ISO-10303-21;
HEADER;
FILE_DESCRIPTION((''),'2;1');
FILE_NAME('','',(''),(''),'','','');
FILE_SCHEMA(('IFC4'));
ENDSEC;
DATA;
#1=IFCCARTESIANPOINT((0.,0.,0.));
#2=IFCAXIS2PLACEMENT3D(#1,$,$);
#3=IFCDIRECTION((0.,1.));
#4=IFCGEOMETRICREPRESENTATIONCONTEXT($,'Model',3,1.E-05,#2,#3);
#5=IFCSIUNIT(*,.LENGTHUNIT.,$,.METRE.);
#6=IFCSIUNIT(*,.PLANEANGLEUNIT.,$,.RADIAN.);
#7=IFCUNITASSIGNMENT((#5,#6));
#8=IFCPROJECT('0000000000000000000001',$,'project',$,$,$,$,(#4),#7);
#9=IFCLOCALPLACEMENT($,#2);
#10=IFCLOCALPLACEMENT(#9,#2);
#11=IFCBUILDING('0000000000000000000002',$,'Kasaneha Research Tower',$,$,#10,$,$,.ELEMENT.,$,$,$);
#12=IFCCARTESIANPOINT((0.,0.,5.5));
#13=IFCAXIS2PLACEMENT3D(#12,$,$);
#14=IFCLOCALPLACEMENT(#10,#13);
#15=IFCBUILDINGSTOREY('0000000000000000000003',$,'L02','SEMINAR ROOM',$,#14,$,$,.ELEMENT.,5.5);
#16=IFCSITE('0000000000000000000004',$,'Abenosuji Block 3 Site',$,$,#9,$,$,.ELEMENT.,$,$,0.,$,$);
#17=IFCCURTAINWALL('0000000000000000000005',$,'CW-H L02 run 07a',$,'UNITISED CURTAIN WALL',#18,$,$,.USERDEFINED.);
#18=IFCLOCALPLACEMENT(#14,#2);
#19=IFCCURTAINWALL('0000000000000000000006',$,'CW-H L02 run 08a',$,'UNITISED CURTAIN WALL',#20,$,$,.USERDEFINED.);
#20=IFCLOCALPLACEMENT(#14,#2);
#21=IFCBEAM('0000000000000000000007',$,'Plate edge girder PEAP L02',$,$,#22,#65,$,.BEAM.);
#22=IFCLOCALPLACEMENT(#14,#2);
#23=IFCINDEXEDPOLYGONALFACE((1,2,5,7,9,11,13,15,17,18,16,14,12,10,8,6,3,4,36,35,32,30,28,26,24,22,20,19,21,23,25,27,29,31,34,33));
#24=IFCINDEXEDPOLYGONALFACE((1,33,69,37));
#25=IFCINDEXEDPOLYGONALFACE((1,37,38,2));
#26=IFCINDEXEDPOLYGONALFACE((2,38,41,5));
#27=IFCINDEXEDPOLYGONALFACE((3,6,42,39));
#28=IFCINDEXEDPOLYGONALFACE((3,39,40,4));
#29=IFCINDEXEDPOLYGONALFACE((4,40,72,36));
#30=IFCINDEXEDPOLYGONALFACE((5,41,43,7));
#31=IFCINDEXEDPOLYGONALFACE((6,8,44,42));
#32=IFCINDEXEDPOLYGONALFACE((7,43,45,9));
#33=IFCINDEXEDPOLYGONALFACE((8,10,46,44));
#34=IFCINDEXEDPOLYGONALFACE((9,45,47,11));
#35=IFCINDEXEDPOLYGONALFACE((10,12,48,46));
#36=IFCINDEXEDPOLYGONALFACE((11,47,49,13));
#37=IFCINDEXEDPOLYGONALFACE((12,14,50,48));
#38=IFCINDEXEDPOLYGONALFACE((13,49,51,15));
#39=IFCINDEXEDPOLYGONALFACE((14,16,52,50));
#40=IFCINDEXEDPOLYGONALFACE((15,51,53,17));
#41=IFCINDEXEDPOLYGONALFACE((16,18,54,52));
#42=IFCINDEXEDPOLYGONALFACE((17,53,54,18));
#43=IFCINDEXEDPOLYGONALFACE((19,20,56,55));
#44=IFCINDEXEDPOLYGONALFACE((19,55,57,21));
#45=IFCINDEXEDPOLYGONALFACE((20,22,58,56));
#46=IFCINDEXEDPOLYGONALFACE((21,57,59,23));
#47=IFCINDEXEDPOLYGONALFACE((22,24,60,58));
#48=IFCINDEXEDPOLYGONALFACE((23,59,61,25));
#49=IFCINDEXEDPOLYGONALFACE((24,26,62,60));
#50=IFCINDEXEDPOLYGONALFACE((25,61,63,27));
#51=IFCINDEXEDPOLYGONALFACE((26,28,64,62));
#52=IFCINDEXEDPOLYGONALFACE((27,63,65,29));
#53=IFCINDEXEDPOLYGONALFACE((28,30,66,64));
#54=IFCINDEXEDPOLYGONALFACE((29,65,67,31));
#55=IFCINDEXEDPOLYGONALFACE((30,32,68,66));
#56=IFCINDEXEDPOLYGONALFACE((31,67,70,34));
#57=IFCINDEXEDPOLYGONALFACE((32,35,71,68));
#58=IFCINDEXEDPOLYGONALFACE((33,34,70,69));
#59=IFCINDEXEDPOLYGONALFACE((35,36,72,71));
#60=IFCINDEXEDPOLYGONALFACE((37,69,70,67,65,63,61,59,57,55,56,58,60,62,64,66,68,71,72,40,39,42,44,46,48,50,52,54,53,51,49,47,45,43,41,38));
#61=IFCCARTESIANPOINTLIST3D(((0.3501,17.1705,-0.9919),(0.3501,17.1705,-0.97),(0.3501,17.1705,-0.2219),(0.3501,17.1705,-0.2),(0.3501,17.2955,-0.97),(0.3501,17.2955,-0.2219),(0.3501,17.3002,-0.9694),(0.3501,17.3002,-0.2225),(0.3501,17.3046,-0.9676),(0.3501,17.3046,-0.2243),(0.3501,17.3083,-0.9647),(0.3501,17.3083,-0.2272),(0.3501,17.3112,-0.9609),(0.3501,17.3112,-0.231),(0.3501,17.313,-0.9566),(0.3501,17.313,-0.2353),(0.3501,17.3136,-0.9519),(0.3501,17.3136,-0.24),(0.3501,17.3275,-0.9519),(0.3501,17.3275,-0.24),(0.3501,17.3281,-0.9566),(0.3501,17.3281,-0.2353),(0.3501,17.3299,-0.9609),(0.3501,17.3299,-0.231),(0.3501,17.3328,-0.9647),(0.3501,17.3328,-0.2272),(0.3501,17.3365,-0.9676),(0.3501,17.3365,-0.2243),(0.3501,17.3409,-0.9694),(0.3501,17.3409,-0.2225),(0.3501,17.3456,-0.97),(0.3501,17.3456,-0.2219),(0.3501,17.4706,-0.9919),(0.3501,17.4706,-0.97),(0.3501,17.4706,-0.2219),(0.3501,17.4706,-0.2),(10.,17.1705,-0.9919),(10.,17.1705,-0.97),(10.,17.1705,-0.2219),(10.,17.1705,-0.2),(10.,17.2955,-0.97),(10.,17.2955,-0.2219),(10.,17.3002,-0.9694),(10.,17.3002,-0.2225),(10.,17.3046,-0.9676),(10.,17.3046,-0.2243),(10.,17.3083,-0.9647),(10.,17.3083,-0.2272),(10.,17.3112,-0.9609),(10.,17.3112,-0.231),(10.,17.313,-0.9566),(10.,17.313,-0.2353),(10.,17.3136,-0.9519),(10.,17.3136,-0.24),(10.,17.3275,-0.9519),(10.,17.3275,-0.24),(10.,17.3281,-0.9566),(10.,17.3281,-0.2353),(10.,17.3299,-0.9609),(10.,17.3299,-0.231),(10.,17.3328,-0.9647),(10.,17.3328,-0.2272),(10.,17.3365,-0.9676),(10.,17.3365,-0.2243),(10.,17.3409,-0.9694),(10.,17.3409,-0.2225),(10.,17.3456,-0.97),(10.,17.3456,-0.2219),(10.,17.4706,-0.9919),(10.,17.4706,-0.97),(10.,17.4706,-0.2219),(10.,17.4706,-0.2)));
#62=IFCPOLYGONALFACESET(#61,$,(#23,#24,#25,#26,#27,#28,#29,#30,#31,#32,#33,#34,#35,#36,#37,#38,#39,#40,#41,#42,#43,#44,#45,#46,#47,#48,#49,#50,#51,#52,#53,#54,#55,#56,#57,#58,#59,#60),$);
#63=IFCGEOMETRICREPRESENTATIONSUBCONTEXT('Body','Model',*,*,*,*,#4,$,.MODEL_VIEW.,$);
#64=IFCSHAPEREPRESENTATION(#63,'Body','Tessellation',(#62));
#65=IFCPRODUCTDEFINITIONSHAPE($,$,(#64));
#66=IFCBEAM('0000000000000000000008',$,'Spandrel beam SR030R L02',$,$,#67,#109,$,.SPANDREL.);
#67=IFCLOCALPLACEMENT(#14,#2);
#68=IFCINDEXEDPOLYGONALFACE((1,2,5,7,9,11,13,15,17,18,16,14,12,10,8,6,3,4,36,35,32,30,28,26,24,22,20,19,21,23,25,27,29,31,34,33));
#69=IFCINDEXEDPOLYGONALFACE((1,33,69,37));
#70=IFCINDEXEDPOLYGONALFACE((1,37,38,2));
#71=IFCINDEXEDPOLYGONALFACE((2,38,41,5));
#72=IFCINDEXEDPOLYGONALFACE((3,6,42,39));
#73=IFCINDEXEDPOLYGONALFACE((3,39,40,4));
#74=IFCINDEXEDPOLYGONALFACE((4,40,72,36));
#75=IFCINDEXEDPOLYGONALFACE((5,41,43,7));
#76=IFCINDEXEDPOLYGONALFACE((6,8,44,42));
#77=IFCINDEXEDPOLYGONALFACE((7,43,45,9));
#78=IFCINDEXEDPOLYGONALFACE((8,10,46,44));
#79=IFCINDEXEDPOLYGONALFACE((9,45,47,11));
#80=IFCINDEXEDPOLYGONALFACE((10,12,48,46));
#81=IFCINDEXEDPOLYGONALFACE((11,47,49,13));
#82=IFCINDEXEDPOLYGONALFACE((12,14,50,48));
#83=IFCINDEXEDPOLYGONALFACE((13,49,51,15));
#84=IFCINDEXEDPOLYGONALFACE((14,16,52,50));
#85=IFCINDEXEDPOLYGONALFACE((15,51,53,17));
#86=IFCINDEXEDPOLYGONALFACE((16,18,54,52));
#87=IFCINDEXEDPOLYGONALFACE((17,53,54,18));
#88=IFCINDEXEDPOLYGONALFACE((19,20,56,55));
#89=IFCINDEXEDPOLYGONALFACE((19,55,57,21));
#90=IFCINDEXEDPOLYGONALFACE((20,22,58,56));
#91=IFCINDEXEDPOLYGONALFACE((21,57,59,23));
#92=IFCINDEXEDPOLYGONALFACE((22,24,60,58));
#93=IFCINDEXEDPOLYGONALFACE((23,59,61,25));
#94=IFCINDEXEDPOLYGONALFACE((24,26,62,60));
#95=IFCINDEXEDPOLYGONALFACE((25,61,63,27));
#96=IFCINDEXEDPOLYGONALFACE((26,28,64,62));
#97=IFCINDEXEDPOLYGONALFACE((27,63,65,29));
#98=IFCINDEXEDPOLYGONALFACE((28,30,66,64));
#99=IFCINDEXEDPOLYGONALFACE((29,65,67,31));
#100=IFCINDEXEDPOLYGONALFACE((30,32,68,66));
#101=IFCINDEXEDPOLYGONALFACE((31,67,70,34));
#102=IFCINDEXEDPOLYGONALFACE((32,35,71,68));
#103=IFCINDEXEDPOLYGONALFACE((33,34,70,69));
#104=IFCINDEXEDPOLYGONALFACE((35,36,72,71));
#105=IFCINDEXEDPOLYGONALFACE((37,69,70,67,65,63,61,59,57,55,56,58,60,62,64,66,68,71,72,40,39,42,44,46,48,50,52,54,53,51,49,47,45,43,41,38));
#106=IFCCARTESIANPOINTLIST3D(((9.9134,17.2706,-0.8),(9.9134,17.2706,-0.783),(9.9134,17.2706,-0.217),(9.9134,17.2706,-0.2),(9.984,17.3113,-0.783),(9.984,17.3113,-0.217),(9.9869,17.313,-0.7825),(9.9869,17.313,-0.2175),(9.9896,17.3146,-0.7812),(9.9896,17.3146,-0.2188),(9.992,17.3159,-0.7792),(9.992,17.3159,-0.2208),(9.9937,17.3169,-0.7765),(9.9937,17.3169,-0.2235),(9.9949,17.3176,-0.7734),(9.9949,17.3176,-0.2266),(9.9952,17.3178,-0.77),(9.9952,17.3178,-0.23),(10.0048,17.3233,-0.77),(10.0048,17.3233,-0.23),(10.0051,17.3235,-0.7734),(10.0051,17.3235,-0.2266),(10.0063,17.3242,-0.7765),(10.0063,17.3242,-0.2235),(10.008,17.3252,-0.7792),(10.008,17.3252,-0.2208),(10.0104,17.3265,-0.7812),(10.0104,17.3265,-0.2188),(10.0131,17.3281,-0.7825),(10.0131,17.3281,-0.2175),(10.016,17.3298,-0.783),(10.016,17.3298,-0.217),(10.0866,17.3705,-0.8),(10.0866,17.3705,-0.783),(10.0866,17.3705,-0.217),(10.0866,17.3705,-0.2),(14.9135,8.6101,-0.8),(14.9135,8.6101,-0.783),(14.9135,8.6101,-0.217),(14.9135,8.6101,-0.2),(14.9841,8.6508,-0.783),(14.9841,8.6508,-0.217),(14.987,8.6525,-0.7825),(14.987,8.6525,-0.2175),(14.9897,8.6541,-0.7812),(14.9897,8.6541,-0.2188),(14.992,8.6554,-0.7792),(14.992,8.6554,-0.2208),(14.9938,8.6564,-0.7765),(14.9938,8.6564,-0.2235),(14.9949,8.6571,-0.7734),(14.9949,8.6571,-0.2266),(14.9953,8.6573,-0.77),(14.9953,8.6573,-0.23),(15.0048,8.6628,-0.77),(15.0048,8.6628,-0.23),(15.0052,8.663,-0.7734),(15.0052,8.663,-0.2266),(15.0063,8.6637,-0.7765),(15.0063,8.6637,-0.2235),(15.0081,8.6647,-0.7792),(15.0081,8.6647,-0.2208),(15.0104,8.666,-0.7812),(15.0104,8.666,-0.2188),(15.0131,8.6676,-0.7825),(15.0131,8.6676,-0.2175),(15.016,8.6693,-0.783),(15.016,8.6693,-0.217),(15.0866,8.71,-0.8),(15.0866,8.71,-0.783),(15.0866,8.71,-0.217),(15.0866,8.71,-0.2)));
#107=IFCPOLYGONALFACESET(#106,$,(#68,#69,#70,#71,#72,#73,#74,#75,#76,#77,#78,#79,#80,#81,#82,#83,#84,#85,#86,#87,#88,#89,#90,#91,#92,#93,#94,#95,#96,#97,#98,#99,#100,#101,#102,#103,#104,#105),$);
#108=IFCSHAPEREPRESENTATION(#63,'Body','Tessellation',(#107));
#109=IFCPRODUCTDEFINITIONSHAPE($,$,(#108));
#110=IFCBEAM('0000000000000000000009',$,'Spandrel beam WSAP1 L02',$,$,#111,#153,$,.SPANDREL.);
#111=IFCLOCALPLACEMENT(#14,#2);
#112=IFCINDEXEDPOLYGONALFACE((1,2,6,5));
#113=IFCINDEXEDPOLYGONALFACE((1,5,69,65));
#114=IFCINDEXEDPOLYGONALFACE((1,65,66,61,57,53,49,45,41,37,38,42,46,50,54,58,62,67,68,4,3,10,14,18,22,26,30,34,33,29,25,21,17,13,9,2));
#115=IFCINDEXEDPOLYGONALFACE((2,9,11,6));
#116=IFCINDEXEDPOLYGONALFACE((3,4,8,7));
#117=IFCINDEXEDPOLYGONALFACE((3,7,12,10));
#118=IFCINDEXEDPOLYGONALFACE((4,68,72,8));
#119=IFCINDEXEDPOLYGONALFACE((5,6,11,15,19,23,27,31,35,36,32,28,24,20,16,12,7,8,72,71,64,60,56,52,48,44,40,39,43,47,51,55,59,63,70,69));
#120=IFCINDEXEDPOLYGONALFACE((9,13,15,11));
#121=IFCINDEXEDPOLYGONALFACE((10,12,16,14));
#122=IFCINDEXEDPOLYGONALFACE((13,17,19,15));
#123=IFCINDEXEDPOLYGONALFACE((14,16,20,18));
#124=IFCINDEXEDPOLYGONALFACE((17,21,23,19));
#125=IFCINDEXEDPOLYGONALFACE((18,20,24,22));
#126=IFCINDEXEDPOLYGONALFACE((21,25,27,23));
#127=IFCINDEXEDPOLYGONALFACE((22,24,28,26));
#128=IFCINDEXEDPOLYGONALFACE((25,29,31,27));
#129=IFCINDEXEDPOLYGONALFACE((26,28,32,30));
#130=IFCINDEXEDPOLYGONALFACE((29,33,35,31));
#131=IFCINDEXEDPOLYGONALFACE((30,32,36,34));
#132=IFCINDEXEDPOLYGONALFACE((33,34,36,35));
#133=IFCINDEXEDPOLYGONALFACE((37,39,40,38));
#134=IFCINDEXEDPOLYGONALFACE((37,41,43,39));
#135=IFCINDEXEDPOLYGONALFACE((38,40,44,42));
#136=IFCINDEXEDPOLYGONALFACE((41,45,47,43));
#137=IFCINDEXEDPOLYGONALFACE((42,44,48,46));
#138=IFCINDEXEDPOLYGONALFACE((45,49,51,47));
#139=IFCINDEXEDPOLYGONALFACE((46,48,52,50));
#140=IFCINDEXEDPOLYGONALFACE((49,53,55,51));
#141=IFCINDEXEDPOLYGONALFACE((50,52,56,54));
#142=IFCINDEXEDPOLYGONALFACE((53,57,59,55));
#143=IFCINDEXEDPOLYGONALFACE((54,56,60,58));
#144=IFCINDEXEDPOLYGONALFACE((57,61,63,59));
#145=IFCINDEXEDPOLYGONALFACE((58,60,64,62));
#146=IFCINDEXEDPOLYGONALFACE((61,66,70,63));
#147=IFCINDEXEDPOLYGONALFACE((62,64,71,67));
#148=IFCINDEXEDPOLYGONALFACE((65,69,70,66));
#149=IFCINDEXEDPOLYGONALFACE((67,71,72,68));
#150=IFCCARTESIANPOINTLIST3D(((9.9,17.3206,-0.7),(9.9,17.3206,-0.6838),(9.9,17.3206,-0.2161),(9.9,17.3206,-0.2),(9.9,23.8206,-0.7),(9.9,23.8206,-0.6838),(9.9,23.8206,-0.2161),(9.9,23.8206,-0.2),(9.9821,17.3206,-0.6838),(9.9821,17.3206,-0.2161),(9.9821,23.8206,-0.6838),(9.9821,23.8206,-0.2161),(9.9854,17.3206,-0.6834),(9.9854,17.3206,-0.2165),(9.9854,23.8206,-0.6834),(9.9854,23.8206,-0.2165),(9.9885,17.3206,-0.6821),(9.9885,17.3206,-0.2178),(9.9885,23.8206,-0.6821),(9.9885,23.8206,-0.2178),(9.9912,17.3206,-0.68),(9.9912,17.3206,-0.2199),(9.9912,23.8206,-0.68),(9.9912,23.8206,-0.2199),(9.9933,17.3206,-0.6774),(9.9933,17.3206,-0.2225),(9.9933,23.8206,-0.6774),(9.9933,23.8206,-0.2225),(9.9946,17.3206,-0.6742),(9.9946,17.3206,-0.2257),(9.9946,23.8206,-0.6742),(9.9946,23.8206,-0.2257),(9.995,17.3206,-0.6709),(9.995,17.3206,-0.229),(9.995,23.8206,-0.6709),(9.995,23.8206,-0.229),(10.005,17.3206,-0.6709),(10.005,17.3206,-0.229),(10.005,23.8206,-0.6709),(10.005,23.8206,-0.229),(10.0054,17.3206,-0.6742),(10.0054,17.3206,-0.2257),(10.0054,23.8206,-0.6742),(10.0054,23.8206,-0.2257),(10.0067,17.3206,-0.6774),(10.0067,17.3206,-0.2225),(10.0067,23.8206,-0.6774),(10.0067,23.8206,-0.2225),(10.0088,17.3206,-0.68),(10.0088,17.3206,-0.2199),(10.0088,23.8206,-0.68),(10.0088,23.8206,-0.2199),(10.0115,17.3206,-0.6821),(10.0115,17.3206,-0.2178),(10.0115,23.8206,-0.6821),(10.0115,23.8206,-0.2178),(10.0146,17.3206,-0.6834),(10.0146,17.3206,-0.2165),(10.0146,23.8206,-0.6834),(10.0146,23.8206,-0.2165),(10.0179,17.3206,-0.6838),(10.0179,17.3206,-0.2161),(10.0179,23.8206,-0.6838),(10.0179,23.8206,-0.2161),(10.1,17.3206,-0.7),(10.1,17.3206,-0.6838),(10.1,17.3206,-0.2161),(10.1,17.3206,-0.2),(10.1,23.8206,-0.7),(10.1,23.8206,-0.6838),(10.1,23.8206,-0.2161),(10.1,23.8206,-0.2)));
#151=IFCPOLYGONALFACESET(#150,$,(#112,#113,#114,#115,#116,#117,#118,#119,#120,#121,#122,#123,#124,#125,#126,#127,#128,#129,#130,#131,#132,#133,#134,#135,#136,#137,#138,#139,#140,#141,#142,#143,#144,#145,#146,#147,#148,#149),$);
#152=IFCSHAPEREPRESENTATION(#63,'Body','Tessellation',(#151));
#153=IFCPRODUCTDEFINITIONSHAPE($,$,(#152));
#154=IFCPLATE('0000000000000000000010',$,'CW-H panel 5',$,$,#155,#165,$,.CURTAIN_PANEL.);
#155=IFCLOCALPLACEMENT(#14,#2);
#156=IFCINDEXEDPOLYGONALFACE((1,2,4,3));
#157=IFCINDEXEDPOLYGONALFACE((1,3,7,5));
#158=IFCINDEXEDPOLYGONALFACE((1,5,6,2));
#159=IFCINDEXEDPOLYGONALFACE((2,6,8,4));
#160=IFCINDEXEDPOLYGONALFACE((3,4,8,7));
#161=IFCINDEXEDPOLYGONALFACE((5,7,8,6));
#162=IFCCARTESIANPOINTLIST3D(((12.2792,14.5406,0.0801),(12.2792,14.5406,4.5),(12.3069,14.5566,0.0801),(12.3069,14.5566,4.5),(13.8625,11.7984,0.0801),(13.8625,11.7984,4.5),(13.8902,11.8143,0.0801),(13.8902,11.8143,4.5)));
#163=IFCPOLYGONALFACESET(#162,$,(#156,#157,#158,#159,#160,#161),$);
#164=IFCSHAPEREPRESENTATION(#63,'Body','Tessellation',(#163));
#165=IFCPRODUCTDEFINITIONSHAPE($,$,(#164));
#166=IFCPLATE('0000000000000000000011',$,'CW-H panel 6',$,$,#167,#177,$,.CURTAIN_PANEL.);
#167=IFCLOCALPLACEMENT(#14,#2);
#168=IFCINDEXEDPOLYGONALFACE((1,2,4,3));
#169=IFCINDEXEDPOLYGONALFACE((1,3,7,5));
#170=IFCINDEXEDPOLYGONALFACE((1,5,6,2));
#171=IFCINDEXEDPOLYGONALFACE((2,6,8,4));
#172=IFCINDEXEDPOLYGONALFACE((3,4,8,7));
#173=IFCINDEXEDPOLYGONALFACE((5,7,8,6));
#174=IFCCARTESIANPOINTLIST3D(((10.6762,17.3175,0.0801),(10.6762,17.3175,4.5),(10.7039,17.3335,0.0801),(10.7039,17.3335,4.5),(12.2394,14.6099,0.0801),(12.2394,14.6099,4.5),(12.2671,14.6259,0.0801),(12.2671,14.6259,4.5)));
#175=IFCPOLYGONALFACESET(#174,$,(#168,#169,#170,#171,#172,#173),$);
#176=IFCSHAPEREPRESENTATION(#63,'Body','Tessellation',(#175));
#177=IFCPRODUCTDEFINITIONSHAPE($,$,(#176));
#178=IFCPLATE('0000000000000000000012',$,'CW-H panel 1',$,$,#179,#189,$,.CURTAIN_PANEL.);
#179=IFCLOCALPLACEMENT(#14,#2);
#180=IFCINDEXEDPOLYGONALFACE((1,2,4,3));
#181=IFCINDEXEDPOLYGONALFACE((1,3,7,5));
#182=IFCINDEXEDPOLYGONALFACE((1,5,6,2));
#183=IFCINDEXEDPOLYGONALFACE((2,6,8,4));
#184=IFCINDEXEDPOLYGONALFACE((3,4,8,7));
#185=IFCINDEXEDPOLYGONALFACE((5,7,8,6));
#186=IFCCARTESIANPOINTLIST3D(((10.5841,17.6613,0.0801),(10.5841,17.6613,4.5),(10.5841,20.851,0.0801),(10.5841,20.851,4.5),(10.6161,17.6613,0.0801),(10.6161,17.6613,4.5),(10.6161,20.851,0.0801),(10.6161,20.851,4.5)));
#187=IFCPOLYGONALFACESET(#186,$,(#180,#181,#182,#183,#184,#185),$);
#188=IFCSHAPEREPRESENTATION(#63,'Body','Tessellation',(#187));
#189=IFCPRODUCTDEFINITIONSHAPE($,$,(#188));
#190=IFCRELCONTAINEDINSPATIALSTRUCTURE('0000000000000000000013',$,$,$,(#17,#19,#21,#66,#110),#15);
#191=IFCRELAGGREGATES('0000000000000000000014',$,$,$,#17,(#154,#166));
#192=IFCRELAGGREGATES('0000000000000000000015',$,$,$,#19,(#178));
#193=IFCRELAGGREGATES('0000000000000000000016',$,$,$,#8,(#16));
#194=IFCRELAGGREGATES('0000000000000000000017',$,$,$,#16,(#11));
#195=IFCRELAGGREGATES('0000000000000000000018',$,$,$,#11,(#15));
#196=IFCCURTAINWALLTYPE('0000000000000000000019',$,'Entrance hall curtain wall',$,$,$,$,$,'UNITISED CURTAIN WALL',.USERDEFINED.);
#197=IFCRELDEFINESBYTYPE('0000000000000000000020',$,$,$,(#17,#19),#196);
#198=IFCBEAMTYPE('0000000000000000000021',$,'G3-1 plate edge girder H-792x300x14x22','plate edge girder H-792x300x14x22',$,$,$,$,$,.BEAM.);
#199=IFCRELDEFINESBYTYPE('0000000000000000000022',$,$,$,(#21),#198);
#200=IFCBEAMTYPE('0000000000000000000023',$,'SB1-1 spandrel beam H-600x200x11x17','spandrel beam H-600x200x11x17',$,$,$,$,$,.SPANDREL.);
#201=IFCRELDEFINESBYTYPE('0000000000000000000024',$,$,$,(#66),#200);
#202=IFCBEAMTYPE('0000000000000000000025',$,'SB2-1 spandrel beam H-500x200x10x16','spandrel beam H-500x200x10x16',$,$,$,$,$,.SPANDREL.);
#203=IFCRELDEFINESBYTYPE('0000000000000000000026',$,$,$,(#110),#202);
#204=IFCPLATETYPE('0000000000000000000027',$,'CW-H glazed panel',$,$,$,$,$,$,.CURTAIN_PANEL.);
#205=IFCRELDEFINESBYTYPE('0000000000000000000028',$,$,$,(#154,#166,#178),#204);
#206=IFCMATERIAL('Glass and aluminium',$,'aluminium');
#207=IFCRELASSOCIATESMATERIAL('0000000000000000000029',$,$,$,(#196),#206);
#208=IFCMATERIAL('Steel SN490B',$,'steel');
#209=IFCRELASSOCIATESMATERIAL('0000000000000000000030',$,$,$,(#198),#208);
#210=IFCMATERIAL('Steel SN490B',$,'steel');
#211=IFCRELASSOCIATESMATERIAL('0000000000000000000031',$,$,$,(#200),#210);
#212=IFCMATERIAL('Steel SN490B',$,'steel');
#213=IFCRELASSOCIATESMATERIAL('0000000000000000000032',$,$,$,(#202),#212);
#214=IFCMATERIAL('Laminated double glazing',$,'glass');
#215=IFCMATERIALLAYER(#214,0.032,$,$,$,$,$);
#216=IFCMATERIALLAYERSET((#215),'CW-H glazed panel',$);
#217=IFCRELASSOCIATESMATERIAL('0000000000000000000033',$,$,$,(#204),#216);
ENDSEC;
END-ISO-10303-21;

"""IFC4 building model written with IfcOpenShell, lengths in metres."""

from ifc_helpers import new_model, si_unit, direction, frame, origin, origin_2d, place, context, subcontext, project, spatial, rectangle, i_section, extrude, material, layer, layer_set, material_profile, profile_set, type_object, element, aggregate, save


model = new_model("IFC4")

# Units and contexts
model_context = context("Model", 3, precision=1e-05, world=origin(), true_north=direction((0.0, 1.0)))
body_context = subcontext(model_context, "Body", "Model", "MODEL_VIEW")
ifc_project = project(units=[si_unit("LENGTHUNIT", "METRE"), si_unit("PLANEANGLEUNIT", "RADIAN")], contexts=[model_context])

# Site, building, storey
site_placement = place(None, origin())
site = spatial("IfcSite", under=ifc_project, at=site_placement, Name="Abenosuji Block 3 Site", CompositionType="ELEMENT", RefElevation=0.0)
building_placement = place(site_placement, origin())
building = spatial("IfcBuilding", under=site, at=building_placement, Name="Kasaneha Research Tower", CompositionType="ELEMENT")
storey_placement = place(building_placement, frame((0.0, 0.0, 5.5)))
storey = spatial("IfcBuildingStorey", under=building, at=storey_placement, Name="L02", Description="SEMINAR ROOM", CompositionType="ELEMENT", Elevation=5.5)

# Curtain walls
ifc_material_1 = material(Name="Glass and aluminium", Category="aluminium")
curtain_wall_type = type_object("IfcCurtainWallType", Name="Entrance hall curtain wall", ElementType="UNITISED CURTAIN WALL", PredefinedType="USERDEFINED", material=ifc_material_1)
curtain_wall_1_placement = place(storey_placement, origin())
curtain_wall_1 = element("IfcCurtainWall", 1, at=curtain_wall_1_placement, inside=storey, type_object=curtain_wall_type, Name="CW-H L02 run 07a", ObjectType="UNITISED CURTAIN WALL", PredefinedType="USERDEFINED")
curtain_wall_2_placement = place(storey_placement, origin())
curtain_wall_2 = element("IfcCurtainWall", 2, at=curtain_wall_2_placement, inside=storey, type_object=curtain_wall_type, Name="CW-H L02 run 08a", ObjectType="UNITISED CURTAIN WALL", PredefinedType="USERDEFINED")

# Beams
ifc_material_2 = material(Name="Steel SN490B", Category="steel")
ifc_material_profile_1 = material_profile(ifc_material_2, i_section(OverallWidth=0.3, OverallDepth=0.792, WebThickness=0.0139, FlangeThickness=0.022, FilletRadius=0.0181, at=origin_2d()), Name="H-792x300x14x22")
ifc_profile_set_1 = profile_set([ifc_material_profile_1], Name="Steel SN490B")
beam_type_1 = type_object("IfcBeamType", Name="G3-1 plate edge girder H-792x300x14x22", Description="plate edge girder H-792x300x14x22", PredefinedType="BEAM", material=ifc_profile_set_1)
beam_1_placement = place(storey_placement, frame((10.0, 17.3206, -0.5959), z_axis=(-1.0, 0.0, 0.0), x_axis=(0.0, -1.0, 0.0)))
element("IfcBeam", 3, at=beam_1_placement, inside=storey, type_object=beam_type_1, Name="Plate edge girder PEAP L02", PredefinedType="BEAM", context=body_context, shape_type="SweptSolid", body=[
    extrude(i_section(OverallWidth=0.3, OverallDepth=0.792, WebThickness=0.0139, FlangeThickness=0.022, FilletRadius=0.0181, at=origin_2d()), origin(), (0.0, 0.0, 1.0), 9.6499),
])
ifc_material_3 = material(Name="Steel SN490B", Category="steel")
ifc_material_profile_2 = material_profile(ifc_material_3, i_section(OverallWidth=0.2, OverallDepth=0.6001, WebThickness=0.011, FlangeThickness=0.0171, FilletRadius=0.0129, at=origin_2d()), Name="H-600x200x11x17")
ifc_profile_set_2 = profile_set([ifc_material_profile_2], Name="Steel SN490B")
beam_type_2 = type_object("IfcBeamType", Name="SB1-1 spandrel beam H-600x200x11x17", Description="spandrel beam H-600x200x11x17", PredefinedType="SPANDREL", material=ifc_profile_set_2)
beam_2_placement = place(storey_placement, frame((10.0, 17.3206, -0.5), z_axis=(0.499994, -0.866029, 0.0), x_axis=(0.866029, 0.499994, 0.0)))
element("IfcBeam", 4, at=beam_2_placement, inside=storey, type_object=beam_type_2, Name="Spandrel beam SR030R L02", PredefinedType="SPANDREL", context=body_context, shape_type="SweptSolid", body=[
    extrude(i_section(OverallWidth=0.2, OverallDepth=0.6001, WebThickness=0.011, FlangeThickness=0.0171, FilletRadius=0.0129, at=origin_2d()), origin(), (0.0, 0.0, 1.0), 10.0002),
])
ifc_material_4 = material(Name="Steel SN490B", Category="steel")
ifc_material_profile_3 = material_profile(ifc_material_4, i_section(OverallWidth=0.2, OverallDepth=0.5, WebThickness=0.01, FlangeThickness=0.0161, FilletRadius=0.0129, at=origin_2d()), Name="H-500x200x10x16")
ifc_profile_set_3 = profile_set([ifc_material_profile_3], Name="Steel SN490B")
beam_type_3 = type_object("IfcBeamType", Name="SB2-1 spandrel beam H-500x200x10x16", Description="spandrel beam H-500x200x10x16", PredefinedType="SPANDREL", material=ifc_profile_set_3)
beam_3_placement = place(storey_placement, frame((10.0, 17.3206, -0.45), z_axis=(0.0, 1.0, 0.0), x_axis=(-1.0, 0.0, 0.0)))
element("IfcBeam", 5, at=beam_3_placement, inside=storey, type_object=beam_type_3, Name="Spandrel beam WSAP1 L02", PredefinedType="SPANDREL", context=body_context, shape_type="SweptSolid", body=[
    extrude(i_section(OverallWidth=0.2, OverallDepth=0.5, WebThickness=0.01, FlangeThickness=0.0161, FilletRadius=0.0129, at=origin_2d()), origin(), (0.0, 0.0, 1.0), 6.5),
])

# Plates
ifc_material_5 = material(Name="Laminated double glazing", Category="glass")
ifc_layer_1 = layer(ifc_material_5, 0.032)
ifc_layer_set_1 = layer_set([ifc_layer_1], Name="CW-H glazed panel")
plate_type = type_object("IfcPlateType", Name="CW-H glazed panel", PredefinedType="CURTAIN_PANEL", material=ifc_layer_set_1)
plate_1_placement = place(storey_placement, frame((13.0847, 13.1775, 0.0801), z_axis=(0.0, 0.0, 1.0), x_axis=(-0.5, 0.866025, 0.0)))
plate_1 = element("IfcPlate", 6, at=plate_1_placement, type_object=plate_type, Name="CW-H panel 5", PredefinedType="CURTAIN_PANEL", context=body_context, shape_type="SweptSolid", body=[
    extrude(rectangle(XDim=3.1665, YDim=0.032, at=origin_2d()), origin(), (0.0, 0.0, 1.0), 4.4199),
])
plate_2_placement = place(storey_placement, frame((11.4717, 15.9717, 0.0801), z_axis=(0.0, 0.0, 1.0), x_axis=(-0.5, 0.866025, 0.0)))
plate_2 = element("IfcPlate", 7, at=plate_2_placement, type_object=plate_type, Name="CW-H panel 6", PredefinedType="CURTAIN_PANEL", context=body_context, shape_type="SweptSolid", body=[
    extrude(rectangle(XDim=3.1265, YDim=0.032, at=origin_2d()), origin(), (0.0, 0.0, 1.0), 4.4199),
])
aggregate(curtain_wall_1, [plate_1, plate_2])
plate_3_placement = place(storey_placement, frame((10.6001, 19.2561, 0.0801), z_axis=(0.0, 0.0, 1.0), x_axis=(0.0, 1.0, 0.0)))
plate_3 = element("IfcPlate", 8, at=plate_3_placement, type_object=plate_type, Name="CW-H panel 1", PredefinedType="CURTAIN_PANEL", context=body_context, shape_type="SweptSolid", body=[
    extrude(rectangle(XDim=3.1897, YDim=0.032, at=origin_2d()), origin(), (0.0, 0.0, 1.0), 4.4199),
])
aggregate(curtain_wall_2, [plate_3])

save(model, "model.ifc")
